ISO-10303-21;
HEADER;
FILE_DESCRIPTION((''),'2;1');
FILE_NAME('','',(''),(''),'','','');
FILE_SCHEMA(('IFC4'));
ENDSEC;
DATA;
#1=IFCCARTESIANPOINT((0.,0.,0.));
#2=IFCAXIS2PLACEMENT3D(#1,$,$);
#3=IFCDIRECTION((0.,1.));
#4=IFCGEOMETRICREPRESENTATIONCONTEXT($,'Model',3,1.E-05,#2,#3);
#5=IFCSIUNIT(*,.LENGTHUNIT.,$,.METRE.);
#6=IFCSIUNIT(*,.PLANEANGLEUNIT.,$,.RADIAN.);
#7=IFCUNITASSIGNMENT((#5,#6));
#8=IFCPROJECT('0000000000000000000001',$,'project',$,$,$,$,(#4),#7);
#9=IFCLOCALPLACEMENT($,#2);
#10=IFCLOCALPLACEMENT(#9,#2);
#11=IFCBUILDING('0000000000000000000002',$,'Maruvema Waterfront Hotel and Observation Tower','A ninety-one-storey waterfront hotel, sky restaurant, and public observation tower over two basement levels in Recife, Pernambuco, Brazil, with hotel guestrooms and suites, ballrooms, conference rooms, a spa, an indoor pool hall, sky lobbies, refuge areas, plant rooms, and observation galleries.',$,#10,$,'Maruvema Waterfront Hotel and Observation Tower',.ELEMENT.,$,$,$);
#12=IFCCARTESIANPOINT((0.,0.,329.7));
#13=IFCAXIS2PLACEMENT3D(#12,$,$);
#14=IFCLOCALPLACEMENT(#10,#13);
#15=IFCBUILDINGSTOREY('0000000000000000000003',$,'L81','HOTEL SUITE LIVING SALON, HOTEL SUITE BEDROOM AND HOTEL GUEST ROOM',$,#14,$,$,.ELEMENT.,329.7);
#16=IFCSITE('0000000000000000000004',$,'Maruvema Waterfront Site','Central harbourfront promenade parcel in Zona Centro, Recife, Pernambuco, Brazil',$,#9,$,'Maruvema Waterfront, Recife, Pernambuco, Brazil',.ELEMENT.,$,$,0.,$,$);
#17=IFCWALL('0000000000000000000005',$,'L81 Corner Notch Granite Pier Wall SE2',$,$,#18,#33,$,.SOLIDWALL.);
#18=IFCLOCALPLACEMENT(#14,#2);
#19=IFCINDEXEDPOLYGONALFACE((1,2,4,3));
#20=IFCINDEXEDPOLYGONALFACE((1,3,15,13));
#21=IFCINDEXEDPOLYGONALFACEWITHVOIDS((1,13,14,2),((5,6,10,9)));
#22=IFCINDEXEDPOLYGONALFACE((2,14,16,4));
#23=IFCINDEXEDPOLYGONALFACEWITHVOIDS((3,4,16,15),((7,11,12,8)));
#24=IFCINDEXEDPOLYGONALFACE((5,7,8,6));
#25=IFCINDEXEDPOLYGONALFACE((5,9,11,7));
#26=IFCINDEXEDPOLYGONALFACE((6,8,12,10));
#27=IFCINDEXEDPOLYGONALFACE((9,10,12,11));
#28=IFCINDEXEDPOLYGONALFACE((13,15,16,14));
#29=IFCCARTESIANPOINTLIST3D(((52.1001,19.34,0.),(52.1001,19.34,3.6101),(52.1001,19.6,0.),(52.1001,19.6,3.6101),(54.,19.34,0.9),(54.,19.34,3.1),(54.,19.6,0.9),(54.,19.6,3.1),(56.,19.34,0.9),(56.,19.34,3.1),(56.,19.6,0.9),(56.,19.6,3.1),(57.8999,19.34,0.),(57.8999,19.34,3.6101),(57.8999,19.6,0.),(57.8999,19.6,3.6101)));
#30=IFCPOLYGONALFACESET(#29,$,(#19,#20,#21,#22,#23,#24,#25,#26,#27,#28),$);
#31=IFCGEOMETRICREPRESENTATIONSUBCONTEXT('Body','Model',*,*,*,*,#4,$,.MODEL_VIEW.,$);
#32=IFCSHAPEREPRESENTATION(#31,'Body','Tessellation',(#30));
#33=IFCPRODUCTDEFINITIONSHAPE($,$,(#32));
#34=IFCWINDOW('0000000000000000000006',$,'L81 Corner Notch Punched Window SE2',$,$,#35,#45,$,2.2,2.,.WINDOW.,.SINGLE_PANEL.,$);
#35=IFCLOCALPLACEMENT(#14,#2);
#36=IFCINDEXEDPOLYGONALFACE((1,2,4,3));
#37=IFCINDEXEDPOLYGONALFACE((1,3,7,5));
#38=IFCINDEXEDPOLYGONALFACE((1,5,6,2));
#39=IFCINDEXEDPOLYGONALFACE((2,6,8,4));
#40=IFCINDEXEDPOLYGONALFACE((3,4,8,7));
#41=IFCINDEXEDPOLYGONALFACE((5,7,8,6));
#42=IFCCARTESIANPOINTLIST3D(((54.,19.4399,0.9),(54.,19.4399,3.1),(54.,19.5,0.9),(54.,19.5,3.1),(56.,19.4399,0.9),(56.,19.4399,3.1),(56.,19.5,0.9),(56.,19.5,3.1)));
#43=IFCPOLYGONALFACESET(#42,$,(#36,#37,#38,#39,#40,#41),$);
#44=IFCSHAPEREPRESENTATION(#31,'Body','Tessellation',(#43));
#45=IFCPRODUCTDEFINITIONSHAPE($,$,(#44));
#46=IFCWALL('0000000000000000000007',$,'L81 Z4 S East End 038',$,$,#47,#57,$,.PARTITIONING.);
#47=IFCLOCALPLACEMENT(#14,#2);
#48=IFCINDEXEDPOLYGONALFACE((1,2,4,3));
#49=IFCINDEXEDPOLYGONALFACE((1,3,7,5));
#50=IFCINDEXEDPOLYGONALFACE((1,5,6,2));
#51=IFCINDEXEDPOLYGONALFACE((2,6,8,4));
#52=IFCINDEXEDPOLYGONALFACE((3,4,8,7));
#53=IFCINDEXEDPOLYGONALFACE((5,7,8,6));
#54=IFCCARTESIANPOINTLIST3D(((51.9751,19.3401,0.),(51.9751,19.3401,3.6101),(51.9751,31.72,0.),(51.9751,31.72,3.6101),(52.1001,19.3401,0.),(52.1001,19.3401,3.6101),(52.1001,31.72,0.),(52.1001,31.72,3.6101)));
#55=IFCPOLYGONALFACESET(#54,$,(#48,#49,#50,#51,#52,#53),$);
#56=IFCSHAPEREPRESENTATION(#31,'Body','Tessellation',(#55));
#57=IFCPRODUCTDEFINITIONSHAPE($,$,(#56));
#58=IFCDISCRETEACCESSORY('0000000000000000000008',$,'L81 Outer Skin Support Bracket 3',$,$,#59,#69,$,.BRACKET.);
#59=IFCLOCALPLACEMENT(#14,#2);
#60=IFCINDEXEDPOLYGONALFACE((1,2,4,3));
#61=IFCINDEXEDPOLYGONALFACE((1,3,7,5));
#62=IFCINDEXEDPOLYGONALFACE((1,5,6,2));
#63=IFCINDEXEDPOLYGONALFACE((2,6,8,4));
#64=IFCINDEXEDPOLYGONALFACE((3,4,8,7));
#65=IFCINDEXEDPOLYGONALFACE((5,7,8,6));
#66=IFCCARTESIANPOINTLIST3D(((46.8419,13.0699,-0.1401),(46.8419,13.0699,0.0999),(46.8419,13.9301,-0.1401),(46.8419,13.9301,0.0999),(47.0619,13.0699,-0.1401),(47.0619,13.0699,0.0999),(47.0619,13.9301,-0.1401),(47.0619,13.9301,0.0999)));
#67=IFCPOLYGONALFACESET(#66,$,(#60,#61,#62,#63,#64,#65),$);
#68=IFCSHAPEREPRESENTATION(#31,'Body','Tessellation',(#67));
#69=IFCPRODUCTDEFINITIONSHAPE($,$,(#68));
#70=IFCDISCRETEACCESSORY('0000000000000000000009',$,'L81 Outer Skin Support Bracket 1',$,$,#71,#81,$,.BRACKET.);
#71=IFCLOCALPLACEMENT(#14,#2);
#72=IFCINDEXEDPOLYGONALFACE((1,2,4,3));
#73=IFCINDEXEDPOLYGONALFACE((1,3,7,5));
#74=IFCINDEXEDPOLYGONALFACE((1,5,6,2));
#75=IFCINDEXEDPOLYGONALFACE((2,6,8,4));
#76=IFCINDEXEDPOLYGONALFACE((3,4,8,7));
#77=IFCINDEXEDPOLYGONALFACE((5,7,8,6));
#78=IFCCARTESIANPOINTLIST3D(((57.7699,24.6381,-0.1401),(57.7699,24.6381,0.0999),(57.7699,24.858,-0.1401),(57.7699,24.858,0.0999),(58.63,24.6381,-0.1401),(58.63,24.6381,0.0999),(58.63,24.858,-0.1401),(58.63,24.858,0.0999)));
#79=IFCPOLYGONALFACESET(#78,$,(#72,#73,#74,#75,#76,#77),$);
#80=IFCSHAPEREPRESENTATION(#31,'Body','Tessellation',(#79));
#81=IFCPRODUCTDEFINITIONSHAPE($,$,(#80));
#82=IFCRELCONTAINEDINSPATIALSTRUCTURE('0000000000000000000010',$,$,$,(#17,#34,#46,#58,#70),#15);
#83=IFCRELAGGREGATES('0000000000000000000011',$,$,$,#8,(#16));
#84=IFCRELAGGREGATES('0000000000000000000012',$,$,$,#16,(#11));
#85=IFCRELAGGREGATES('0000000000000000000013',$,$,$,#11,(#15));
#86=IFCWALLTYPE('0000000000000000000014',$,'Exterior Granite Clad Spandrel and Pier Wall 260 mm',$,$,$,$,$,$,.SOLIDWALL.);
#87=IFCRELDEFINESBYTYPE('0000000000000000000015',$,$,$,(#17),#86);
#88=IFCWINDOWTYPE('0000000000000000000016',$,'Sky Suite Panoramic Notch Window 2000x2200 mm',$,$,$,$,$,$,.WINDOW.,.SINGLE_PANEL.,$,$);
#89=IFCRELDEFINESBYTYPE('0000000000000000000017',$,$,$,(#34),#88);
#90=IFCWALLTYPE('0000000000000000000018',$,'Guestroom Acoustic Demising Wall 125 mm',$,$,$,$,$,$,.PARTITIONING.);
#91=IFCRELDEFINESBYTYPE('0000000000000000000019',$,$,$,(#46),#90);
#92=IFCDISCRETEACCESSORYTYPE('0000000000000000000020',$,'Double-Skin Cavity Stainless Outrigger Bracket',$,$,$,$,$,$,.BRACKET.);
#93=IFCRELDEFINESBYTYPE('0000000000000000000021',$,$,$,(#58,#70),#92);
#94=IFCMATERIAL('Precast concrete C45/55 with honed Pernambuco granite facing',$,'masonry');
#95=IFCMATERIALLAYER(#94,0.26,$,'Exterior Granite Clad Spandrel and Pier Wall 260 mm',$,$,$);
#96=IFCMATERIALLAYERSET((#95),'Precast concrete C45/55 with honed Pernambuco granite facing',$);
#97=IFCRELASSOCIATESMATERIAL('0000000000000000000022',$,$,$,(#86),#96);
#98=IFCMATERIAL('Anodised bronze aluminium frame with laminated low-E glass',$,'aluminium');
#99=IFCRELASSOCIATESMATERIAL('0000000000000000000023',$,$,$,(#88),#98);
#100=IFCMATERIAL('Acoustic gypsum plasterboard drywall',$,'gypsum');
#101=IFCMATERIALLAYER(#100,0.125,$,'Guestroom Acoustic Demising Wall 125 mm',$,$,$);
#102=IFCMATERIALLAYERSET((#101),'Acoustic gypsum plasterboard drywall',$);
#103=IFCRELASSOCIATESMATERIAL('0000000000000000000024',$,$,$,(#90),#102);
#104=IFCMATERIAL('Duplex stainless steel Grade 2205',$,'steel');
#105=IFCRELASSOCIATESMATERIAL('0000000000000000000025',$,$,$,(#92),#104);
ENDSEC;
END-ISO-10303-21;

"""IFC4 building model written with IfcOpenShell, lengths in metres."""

from ifc_helpers import new_model, si_unit, direction, frame, frame_2d, origin, origin_2d, place, context, subcontext, project, spatial, rectangle, extrude, material, layer, layer_set, type_object, element, fill, save


model = new_model("IFC4")

# Units and contexts
model_context = context("Model", 3, precision=1e-05, world=origin(), true_north=direction((0.0, 1.0)))
body_context = subcontext(model_context, "Body", "Model", "MODEL_VIEW")
ifc_project = project(units=[si_unit("LENGTHUNIT", "METRE"), si_unit("PLANEANGLEUNIT", "RADIAN")], contexts=[model_context])

# Site, building, storey
site_placement = place(None, origin())
site = spatial("IfcSite", under=ifc_project, at=site_placement, Name="Maruvema Waterfront Site", Description="Central harbourfront promenade parcel in Zona Centro, Recife, Pernambuco, Brazil", LongName="Maruvema Waterfront, Recife, Pernambuco, Brazil", CompositionType="ELEMENT", RefElevation=0.0)
building_placement = place(site_placement, origin())
building = spatial("IfcBuilding", under=site, at=building_placement, Name="Maruvema Waterfront Hotel and Observation Tower", Description="A ninety-one-storey waterfront hotel, sky restaurant, and public observation tower over two basement levels in Recife, Pernambuco, Brazil, with hotel guestrooms and suites, ballrooms, conference rooms, a spa, an indoor pool hall, sky lobbies, refuge areas, plant rooms, and observation galleries.", LongName="Maruvema Waterfront Hotel and Observation Tower", CompositionType="ELEMENT")
storey_placement = place(building_placement, frame((0.0, 0.0, 329.7)))
storey = spatial("IfcBuildingStorey", under=building, at=storey_placement, Name="L81", Description="HOTEL SUITE LIVING SALON, HOTEL SUITE BEDROOM AND HOTEL GUEST ROOM", CompositionType="ELEMENT", Elevation=329.7)

# Shared definitions
ifc_material_1 = material(Name="Precast concrete C45/55 with honed Pernambuco granite facing", Category="masonry")
ifc_layer_1 = layer(ifc_material_1, 0.26, Name="Exterior Granite Clad Spandrel and Pier Wall 260 mm")
ifc_layer_set_1 = layer_set([ifc_layer_1], Name="Precast concrete C45/55 with honed Pernambuco granite facing")
wall_type_1 = type_object("IfcWallType", Name="Exterior Granite Clad Spandrel and Pier Wall 260 mm", PredefinedType="SOLIDWALL", material=ifc_layer_set_1)

# Wall, opening, window
wall_1_placement = place(storey_placement, frame((57.8999, 19.47, 0.0), z_axis=(0.0, 0.0, 1.0), x_axis=(-1.0, 0.0, 0.0)))
wall_1 = element("IfcWall", 1, at=wall_1_placement, inside=storey, type_object=wall_type_1, Name="L81 Corner Notch Granite Pier Wall SE2", PredefinedType="SOLIDWALL", context=body_context, shape_type="SweptSolid", body=[
    extrude(rectangle(XDim=5.7998, YDim=0.26, at=frame_2d((2.8999, 0.0))), origin(), (0.0, 0.0, 1.0), 3.6101),
])
opening_1_placement = place(wall_1_placement, frame((1.8999, 0.0, 0.8999)))
opening_1 = element("IfcOpeningElement", 2, at=opening_1_placement, cuts=wall_1, PredefinedType="OPENING", context=body_context, shape_type="SweptSolid", body=[
    extrude(rectangle(XDim=2.0, YDim=2.2, at=frame_2d((1.0, 1.1001))), frame((0.0, 0.1401, 0.0), z_axis=(0.0, -1.0, 0.0), x_axis=(1.0, 0.0, 0.0)), (0.0, 0.0, 1.0), 0.28),
])
ifc_material_2 = material(Name="Anodised bronze aluminium frame with laminated low-E glass", Category="aluminium")
window_type = type_object("IfcWindowType", Name="Sky Suite Panoramic Notch Window 2000x2200 mm", PartitioningType="SINGLE_PANEL", PredefinedType="WINDOW", material=ifc_material_2)
window_placement = place(opening_1_placement, origin())
window = element("IfcWindow", 3, at=window_placement, inside=storey, type_object=window_type, Name="L81 Corner Notch Punched Window SE2", OverallHeight=2.2, OverallWidth=2.0, PartitioningType="SINGLE_PANEL", PredefinedType="WINDOW", context=body_context, shape_type="SweptSolid", body=[
    extrude(rectangle(XDim=2.0, YDim=2.2, at=frame_2d((1.0, 1.1001))), frame((0.0, 0.03, 0.0), z_axis=(0.0, -1.0, 0.0), x_axis=(1.0, 0.0, 0.0)), (0.0, 0.0, 1.0), 0.0601),
])
fill(opening_1, window)

# Wall
ifc_material_3 = material(Name="Acoustic gypsum plasterboard drywall", Category="gypsum")
ifc_layer_2 = layer(ifc_material_3, 0.125, Name="Guestroom Acoustic Demising Wall 125 mm")
ifc_layer_set_2 = layer_set([ifc_layer_2], Name="Acoustic gypsum plasterboard drywall")
wall_type_2 = type_object("IfcWallType", Name="Guestroom Acoustic Demising Wall 125 mm", PredefinedType="PARTITIONING", material=ifc_layer_set_2)
wall_2_placement = place(storey_placement, frame((52.0376, 19.3401, 0.0), z_axis=(0.0, 0.0, 1.0), x_axis=(0.0, 1.0, 0.0)))
element("IfcWall", 4, at=wall_2_placement, inside=storey, type_object=wall_type_2, Name="L81 Z4 S East End 038", PredefinedType="PARTITIONING", context=body_context, shape_type="SweptSolid", body=[
    extrude(rectangle(XDim=12.3799, YDim=0.125, at=frame_2d((6.1899, 0.0))), origin(), (0.0, 0.0, 1.0), 3.6101),
])

# Discrete accessories
ifc_material_4 = material(Name="Duplex stainless steel Grade 2205", Category="steel")
discrete_accessory_type = type_object("IfcDiscreteAccessoryType", Name="Double-Skin Cavity Stainless Outrigger Bracket", PredefinedType="BRACKET", material=ifc_material_4)
for number, where, z_axis, x_axis, name in (
    (5, (46.9519, 13.5, -0.1401), (0.0, 0.0, 1.0), (1.0, 0.0, 0.0), "L81 Outer Skin Support Bracket 3"),
    (6, (58.2, 24.748, -0.1401), (0.0, 0.0, 1.0), (0.0, 1.0, 0.0), "L81 Outer Skin Support Bracket 1"),
):
    element("IfcDiscreteAccessory", number, at=place(storey_placement, frame(where, z_axis=z_axis, x_axis=x_axis)), inside=storey, type_object=discrete_accessory_type, Name=name, PredefinedType="BRACKET", context=body_context, shape_type="SweptSolid", body=[
        extrude(rectangle(XDim=0.22, YDim=0.8601, at=origin_2d()), origin(), (0.0, 0.0, 1.0), 0.24),
    ])

save(model, "model.ifc")
